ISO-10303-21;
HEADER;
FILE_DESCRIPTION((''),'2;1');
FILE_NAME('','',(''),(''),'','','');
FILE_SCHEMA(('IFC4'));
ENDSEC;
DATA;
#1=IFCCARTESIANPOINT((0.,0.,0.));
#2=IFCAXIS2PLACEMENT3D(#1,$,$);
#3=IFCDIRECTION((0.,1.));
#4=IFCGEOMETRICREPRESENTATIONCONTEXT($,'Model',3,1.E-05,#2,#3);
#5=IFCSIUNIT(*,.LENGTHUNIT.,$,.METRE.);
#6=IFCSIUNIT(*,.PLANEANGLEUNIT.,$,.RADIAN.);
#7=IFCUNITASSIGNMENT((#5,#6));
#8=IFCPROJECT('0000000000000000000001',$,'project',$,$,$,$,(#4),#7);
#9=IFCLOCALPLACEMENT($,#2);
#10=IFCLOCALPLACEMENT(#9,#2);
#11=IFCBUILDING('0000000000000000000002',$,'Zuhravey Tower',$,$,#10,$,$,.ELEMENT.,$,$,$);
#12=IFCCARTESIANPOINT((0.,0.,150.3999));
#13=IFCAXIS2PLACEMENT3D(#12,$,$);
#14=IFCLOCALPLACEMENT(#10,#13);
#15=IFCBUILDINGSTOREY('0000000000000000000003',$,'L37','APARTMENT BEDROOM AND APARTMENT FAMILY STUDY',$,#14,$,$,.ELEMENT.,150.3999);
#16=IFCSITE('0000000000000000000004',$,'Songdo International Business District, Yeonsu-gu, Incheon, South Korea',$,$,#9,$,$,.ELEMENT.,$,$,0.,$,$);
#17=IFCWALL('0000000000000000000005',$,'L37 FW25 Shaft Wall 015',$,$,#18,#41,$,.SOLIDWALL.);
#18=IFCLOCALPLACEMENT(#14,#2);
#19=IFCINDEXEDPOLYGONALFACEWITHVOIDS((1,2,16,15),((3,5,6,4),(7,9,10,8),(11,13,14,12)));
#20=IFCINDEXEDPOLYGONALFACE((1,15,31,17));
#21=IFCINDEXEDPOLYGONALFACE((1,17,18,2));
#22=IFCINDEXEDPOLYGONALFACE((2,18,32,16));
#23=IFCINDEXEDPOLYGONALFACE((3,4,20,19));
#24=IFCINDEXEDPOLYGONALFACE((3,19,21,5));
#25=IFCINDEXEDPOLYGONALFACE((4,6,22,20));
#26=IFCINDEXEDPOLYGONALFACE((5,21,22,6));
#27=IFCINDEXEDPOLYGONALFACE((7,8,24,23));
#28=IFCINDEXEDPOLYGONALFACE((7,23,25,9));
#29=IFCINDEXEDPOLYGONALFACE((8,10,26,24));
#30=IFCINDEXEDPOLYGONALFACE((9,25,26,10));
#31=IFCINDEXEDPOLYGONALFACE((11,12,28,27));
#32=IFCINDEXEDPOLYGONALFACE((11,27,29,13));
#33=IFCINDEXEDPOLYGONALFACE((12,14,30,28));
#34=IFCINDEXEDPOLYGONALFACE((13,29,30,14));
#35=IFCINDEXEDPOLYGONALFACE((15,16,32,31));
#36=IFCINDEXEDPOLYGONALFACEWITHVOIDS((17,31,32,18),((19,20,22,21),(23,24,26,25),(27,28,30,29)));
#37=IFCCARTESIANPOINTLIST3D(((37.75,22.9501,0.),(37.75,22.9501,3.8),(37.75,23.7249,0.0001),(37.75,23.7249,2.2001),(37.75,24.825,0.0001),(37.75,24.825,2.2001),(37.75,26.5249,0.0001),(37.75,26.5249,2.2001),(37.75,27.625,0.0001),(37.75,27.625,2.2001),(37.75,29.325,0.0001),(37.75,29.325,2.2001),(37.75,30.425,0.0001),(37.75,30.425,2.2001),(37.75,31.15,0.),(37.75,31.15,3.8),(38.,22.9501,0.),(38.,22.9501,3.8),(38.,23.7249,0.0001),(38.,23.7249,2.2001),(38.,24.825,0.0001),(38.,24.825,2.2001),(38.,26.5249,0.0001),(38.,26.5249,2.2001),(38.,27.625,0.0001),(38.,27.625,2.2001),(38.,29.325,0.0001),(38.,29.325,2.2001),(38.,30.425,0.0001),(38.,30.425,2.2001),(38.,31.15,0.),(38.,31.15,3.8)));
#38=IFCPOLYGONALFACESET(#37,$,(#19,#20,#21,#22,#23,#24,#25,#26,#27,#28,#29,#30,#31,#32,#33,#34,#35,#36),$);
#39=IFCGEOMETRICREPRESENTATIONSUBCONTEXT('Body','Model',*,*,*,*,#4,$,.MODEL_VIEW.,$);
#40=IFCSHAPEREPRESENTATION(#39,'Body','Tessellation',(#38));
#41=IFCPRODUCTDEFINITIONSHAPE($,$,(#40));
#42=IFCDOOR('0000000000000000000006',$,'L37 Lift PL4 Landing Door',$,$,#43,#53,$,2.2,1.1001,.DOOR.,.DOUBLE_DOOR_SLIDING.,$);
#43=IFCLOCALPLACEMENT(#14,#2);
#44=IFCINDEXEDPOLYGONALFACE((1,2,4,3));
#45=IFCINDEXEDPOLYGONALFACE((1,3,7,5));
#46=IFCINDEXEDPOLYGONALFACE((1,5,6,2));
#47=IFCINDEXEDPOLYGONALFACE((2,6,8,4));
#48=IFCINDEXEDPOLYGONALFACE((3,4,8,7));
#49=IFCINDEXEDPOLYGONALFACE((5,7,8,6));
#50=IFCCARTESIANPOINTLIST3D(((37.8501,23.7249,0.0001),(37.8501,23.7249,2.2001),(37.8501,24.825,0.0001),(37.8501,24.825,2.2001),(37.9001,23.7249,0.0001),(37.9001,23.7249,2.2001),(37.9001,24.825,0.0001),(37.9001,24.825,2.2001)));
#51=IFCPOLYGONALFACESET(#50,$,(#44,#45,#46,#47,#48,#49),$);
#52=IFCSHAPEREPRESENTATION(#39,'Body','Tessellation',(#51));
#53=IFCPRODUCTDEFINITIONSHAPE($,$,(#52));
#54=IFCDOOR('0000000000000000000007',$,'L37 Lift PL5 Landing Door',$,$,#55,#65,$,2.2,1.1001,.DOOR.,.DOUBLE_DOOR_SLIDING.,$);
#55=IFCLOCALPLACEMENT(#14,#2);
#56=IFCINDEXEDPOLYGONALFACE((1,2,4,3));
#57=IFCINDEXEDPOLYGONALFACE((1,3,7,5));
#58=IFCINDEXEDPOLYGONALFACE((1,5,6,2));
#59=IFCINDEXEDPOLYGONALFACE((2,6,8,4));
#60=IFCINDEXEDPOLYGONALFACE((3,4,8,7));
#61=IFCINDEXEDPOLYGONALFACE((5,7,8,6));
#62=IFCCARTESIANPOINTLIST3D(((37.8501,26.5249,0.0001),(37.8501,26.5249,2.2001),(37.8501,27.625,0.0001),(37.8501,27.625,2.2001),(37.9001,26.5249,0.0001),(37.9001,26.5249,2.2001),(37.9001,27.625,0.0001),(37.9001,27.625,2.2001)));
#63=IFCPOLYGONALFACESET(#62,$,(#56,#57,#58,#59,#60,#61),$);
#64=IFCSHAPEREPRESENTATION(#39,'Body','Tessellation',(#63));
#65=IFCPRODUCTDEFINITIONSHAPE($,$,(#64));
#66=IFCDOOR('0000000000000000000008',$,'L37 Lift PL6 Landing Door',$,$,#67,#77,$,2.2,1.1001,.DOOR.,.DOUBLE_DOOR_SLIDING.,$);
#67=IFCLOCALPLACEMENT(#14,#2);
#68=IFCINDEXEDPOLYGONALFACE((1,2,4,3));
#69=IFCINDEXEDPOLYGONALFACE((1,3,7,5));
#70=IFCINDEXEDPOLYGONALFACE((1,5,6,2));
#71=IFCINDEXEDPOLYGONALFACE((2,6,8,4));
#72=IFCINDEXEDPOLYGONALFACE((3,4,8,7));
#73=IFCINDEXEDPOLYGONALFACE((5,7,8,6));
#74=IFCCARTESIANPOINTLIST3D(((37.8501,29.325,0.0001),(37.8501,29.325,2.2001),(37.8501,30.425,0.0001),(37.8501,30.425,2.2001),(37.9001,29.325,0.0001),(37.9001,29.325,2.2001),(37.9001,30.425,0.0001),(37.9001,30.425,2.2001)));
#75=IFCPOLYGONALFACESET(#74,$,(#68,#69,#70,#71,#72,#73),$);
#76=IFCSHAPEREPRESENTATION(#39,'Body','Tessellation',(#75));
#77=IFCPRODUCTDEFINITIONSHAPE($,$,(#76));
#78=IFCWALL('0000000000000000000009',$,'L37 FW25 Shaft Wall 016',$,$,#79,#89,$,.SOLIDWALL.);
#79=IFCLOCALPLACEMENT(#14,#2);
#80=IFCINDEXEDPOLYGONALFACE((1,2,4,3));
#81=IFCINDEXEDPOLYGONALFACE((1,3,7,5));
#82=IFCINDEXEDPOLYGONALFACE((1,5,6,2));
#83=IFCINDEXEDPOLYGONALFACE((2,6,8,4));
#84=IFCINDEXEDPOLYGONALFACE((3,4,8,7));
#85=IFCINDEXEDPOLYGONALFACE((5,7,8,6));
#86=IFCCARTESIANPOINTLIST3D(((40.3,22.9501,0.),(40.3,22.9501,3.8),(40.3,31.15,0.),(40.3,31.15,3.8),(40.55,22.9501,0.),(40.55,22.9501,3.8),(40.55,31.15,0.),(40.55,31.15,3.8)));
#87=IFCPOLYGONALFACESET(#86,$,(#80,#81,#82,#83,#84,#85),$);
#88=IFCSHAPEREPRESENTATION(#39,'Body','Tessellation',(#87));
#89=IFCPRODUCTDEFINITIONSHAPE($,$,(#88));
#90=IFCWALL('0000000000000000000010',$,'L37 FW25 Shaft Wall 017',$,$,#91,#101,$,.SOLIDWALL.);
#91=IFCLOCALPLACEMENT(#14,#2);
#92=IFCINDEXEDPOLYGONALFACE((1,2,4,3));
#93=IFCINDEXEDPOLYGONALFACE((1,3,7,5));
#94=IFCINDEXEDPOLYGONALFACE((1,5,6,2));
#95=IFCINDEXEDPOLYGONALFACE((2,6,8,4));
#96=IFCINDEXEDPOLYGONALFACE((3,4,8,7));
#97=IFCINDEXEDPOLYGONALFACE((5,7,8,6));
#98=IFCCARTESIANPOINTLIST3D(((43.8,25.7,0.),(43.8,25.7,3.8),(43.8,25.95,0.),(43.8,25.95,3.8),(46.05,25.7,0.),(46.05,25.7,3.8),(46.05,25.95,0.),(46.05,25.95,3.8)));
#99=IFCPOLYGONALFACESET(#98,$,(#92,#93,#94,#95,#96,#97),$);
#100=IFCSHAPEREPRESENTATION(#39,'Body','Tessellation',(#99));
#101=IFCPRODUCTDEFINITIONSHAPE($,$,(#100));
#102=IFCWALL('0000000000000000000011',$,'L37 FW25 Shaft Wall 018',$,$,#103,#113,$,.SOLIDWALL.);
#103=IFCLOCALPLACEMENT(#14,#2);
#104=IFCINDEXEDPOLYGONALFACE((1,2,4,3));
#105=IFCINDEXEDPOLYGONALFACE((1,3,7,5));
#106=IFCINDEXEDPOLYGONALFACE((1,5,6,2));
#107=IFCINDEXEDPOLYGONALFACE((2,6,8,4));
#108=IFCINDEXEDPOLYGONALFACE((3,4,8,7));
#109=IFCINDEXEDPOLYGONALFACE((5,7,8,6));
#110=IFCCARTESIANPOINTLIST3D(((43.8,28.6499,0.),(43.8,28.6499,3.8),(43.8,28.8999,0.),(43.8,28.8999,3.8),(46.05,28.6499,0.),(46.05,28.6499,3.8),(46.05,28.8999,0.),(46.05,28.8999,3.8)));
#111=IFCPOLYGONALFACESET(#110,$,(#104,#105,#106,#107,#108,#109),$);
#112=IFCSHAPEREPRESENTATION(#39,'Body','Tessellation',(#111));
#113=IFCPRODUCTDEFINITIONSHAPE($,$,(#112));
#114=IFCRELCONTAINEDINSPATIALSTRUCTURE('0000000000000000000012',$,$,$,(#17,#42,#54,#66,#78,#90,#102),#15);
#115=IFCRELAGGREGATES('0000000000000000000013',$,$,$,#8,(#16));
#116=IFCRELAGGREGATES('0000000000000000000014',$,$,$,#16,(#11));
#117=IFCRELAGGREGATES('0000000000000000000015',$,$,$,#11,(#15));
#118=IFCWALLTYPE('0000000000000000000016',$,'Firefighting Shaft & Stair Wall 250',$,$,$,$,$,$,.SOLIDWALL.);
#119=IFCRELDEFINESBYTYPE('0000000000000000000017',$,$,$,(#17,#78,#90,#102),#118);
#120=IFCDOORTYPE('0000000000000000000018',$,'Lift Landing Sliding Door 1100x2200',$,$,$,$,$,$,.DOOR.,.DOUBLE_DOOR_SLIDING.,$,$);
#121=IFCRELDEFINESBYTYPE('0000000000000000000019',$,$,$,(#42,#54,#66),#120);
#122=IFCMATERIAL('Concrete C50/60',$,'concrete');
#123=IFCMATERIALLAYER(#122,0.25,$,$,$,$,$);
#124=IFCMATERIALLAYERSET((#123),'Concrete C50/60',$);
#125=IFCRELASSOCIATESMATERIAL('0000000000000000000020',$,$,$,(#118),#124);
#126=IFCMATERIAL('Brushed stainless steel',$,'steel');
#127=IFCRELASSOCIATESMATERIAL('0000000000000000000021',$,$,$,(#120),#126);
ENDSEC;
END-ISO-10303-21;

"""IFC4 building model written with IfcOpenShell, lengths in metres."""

from ifc_helpers import new_model, si_unit, direction, frame, frame_2d, origin, place, context, subcontext, project, spatial, rectangle, extrude, material, layer, layer_set, type_object, element, fill, save


model = new_model("IFC4")

# Units and contexts
model_context = context("Model", 3, precision=1e-05, world=origin(), true_north=direction((0.0, 1.0)))
body_context = subcontext(model_context, "Body", "Model", "MODEL_VIEW")
ifc_project = project(units=[si_unit("LENGTHUNIT", "METRE"), si_unit("PLANEANGLEUNIT", "RADIAN")], contexts=[model_context])

# Site, building, storey
site_placement = place(None, origin())
site = spatial("IfcSite", under=ifc_project, at=site_placement, Name="Songdo International Business District, Yeonsu-gu, Incheon, South Korea", CompositionType="ELEMENT", RefElevation=0.0)
building_placement = place(site_placement, origin())
building = spatial("IfcBuilding", under=site, at=building_placement, Name="Zuhravey Tower", CompositionType="ELEMENT")
storey_placement = place(building_placement, frame((0.0, 0.0, 150.3999)))
storey = spatial("IfcBuildingStorey", under=building, at=storey_placement, Name="L37", Description="APARTMENT BEDROOM AND APARTMENT FAMILY STUDY", CompositionType="ELEMENT", Elevation=150.3999)

# Shared definitions
ifc_material_1 = material(Name="Concrete C50/60", Category="concrete")
ifc_layer_1 = layer(ifc_material_1, 0.25)
ifc_layer_set_1 = layer_set([ifc_layer_1], Name="Concrete C50/60")
wall_type_1 = type_object("IfcWallType", Name="Firefighting Shaft & Stair Wall 250", PredefinedType="SOLIDWALL", material=ifc_layer_set_1)

# Wall, openings, doors
wall_1_placement = place(storey_placement, frame((37.875, 22.95, 0.0), z_axis=(0.0, 0.0, 1.0), x_axis=(0.0, 1.0, 0.0)))
wall_1 = element("IfcWall", 1, at=wall_1_placement, inside=storey, type_object=wall_type_1, Name="L37 FW25 Shaft Wall 015", PredefinedType="SOLIDWALL", context=body_context, shape_type="SweptSolid", body=[
    extrude(rectangle(XDim=8.2, YDim=0.25, at=frame_2d((4.1001, 0.0))), origin(), (0.0, 0.0, 1.0), 3.8),
])
opening_1_placement = place(wall_1_placement, frame((0.7749, 0.0, 0.0)))
opening_1 = element("IfcOpeningElement", 2, at=opening_1_placement, cuts=wall_1, PredefinedType="OPENING", context=body_context, shape_type="SweptSolid", body=[
    extrude(rectangle(XDim=1.1001, YDim=2.2, at=frame_2d((0.55, 1.1001))), frame((0.0, 0.137, 0.0), z_axis=(0.0, -1.0, 0.0), x_axis=(1.0, 0.0, 0.0)), (0.0, 0.0, 1.0), 0.2739),
])
opening_2_placement = place(wall_1_placement, frame((3.575, 0.0, 0.0)))
opening_2 = element("IfcOpeningElement", 3, at=opening_2_placement, cuts=wall_1, PredefinedType="OPENING", context=body_context, shape_type="SweptSolid", body=[
    extrude(rectangle(XDim=1.1001, YDim=2.2, at=frame_2d((0.55, 1.1001))), frame((0.0, 0.137, 0.0), z_axis=(0.0, -1.0, 0.0), x_axis=(1.0, 0.0, 0.0)), (0.0, 0.0, 1.0), 0.2739),
])
opening_3_placement = place(wall_1_placement, frame((6.375, 0.0, 0.0)))
opening_3 = element("IfcOpeningElement", 4, at=opening_3_placement, cuts=wall_1, PredefinedType="OPENING", context=body_context, shape_type="SweptSolid", body=[
    extrude(rectangle(XDim=1.1001, YDim=2.2, at=frame_2d((0.55, 1.1001))), frame((0.0, 0.137, 0.0), z_axis=(0.0, -1.0, 0.0), x_axis=(1.0, 0.0, 0.0)), (0.0, 0.0, 1.0), 0.2739),
])
ifc_material_2 = material(Name="Brushed stainless steel", Category="steel")
door_type_1 = type_object("IfcDoorType", Name="Lift Landing Sliding Door 1100x2200", OperationType="DOUBLE_DOOR_SLIDING", PredefinedType="DOOR", material=ifc_material_2)
door_1_placement = place(opening_1_placement, origin())
door_1 = element("IfcDoor", 5, at=door_1_placement, inside=storey, type_object=door_type_1, Name="L37 Lift PL4 Landing Door", OperationType="DOUBLE_DOOR_SLIDING", OverallHeight=2.2, OverallWidth=1.1001, PredefinedType="DOOR", context=body_context, shape_type="SweptSolid", body=[
    extrude(rectangle(XDim=1.1001, YDim=2.2, at=frame_2d((0.55, 1.1001))), frame((0.0, 0.0249, 0.0), z_axis=(0.0, -1.0, 0.0), x_axis=(1.0, 0.0, 0.0)), (0.0, 0.0, 1.0), 0.05),
])
fill(opening_1, door_1)
door_2_placement = place(opening_2_placement, origin())
door_2 = element("IfcDoor", 6, at=door_2_placement, inside=storey, type_object=door_type_1, Name="L37 Lift PL5 Landing Door", OperationType="DOUBLE_DOOR_SLIDING", OverallHeight=2.2, OverallWidth=1.1001, PredefinedType="DOOR", context=body_context, shape_type="SweptSolid", body=[
    extrude(rectangle(XDim=1.1001, YDim=2.2, at=frame_2d((0.55, 1.1001))), frame((0.0, 0.0249, 0.0), z_axis=(0.0, -1.0, 0.0), x_axis=(1.0, 0.0, 0.0)), (0.0, 0.0, 1.0), 0.05),
])
fill(opening_2, door_2)
door_3_placement = place(opening_3_placement, origin())
door_3 = element("IfcDoor", 7, at=door_3_placement, inside=storey, type_object=door_type_1, Name="L37 Lift PL6 Landing Door", OperationType="DOUBLE_DOOR_SLIDING", OverallHeight=2.2, OverallWidth=1.1001, PredefinedType="DOOR", context=body_context, shape_type="SweptSolid", body=[
    extrude(rectangle(XDim=1.1001, YDim=2.2, at=frame_2d((0.55, 1.1001))), frame((0.0, 0.0249, 0.0), z_axis=(0.0, -1.0, 0.0), x_axis=(1.0, 0.0, 0.0)), (0.0, 0.0, 1.0), 0.05),
])
fill(opening_3, door_3)

# Walls
wall_2_placement = place(storey_placement, frame((40.425, 22.95, 0.0), z_axis=(0.0, 0.0, 1.0), x_axis=(0.0, 1.0, 0.0)))
element("IfcWall", 8, at=wall_2_placement, inside=storey, type_object=wall_type_1, Name="L37 FW25 Shaft Wall 016", PredefinedType="SOLIDWALL", context=body_context, shape_type="SweptSolid", body=[
    extrude(rectangle(XDim=8.2, YDim=0.25, at=frame_2d((4.1001, 0.0))), origin(), (0.0, 0.0, 1.0), 3.8),
])
for number, where, z_axis, x_axis, name in (
    (9, (43.8, 25.825, 0.0), (0.0, 0.0, 1.0), (1.0, 0.0, 0.0), "L37 FW25 Shaft Wall 017"),
    (10, (43.8, 28.7749, 0.0), (0.0, 0.0, 1.0), (1.0, 0.0, 0.0), "L37 FW25 Shaft Wall 018"),
):
    element("IfcWall", number, at=place(storey_placement, frame(where, z_axis=z_axis, x_axis=x_axis)), inside=storey, type_object=wall_type_1, Name=name, PredefinedType="SOLIDWALL", context=body_context, shape_type="SweptSolid", body=[
        extrude(rectangle(XDim=2.25, YDim=0.25, at=frame_2d((1.125, 0.0))), origin(), (0.0, 0.0, 1.0), 3.8),
    ])

save(model, "model.ifc")
